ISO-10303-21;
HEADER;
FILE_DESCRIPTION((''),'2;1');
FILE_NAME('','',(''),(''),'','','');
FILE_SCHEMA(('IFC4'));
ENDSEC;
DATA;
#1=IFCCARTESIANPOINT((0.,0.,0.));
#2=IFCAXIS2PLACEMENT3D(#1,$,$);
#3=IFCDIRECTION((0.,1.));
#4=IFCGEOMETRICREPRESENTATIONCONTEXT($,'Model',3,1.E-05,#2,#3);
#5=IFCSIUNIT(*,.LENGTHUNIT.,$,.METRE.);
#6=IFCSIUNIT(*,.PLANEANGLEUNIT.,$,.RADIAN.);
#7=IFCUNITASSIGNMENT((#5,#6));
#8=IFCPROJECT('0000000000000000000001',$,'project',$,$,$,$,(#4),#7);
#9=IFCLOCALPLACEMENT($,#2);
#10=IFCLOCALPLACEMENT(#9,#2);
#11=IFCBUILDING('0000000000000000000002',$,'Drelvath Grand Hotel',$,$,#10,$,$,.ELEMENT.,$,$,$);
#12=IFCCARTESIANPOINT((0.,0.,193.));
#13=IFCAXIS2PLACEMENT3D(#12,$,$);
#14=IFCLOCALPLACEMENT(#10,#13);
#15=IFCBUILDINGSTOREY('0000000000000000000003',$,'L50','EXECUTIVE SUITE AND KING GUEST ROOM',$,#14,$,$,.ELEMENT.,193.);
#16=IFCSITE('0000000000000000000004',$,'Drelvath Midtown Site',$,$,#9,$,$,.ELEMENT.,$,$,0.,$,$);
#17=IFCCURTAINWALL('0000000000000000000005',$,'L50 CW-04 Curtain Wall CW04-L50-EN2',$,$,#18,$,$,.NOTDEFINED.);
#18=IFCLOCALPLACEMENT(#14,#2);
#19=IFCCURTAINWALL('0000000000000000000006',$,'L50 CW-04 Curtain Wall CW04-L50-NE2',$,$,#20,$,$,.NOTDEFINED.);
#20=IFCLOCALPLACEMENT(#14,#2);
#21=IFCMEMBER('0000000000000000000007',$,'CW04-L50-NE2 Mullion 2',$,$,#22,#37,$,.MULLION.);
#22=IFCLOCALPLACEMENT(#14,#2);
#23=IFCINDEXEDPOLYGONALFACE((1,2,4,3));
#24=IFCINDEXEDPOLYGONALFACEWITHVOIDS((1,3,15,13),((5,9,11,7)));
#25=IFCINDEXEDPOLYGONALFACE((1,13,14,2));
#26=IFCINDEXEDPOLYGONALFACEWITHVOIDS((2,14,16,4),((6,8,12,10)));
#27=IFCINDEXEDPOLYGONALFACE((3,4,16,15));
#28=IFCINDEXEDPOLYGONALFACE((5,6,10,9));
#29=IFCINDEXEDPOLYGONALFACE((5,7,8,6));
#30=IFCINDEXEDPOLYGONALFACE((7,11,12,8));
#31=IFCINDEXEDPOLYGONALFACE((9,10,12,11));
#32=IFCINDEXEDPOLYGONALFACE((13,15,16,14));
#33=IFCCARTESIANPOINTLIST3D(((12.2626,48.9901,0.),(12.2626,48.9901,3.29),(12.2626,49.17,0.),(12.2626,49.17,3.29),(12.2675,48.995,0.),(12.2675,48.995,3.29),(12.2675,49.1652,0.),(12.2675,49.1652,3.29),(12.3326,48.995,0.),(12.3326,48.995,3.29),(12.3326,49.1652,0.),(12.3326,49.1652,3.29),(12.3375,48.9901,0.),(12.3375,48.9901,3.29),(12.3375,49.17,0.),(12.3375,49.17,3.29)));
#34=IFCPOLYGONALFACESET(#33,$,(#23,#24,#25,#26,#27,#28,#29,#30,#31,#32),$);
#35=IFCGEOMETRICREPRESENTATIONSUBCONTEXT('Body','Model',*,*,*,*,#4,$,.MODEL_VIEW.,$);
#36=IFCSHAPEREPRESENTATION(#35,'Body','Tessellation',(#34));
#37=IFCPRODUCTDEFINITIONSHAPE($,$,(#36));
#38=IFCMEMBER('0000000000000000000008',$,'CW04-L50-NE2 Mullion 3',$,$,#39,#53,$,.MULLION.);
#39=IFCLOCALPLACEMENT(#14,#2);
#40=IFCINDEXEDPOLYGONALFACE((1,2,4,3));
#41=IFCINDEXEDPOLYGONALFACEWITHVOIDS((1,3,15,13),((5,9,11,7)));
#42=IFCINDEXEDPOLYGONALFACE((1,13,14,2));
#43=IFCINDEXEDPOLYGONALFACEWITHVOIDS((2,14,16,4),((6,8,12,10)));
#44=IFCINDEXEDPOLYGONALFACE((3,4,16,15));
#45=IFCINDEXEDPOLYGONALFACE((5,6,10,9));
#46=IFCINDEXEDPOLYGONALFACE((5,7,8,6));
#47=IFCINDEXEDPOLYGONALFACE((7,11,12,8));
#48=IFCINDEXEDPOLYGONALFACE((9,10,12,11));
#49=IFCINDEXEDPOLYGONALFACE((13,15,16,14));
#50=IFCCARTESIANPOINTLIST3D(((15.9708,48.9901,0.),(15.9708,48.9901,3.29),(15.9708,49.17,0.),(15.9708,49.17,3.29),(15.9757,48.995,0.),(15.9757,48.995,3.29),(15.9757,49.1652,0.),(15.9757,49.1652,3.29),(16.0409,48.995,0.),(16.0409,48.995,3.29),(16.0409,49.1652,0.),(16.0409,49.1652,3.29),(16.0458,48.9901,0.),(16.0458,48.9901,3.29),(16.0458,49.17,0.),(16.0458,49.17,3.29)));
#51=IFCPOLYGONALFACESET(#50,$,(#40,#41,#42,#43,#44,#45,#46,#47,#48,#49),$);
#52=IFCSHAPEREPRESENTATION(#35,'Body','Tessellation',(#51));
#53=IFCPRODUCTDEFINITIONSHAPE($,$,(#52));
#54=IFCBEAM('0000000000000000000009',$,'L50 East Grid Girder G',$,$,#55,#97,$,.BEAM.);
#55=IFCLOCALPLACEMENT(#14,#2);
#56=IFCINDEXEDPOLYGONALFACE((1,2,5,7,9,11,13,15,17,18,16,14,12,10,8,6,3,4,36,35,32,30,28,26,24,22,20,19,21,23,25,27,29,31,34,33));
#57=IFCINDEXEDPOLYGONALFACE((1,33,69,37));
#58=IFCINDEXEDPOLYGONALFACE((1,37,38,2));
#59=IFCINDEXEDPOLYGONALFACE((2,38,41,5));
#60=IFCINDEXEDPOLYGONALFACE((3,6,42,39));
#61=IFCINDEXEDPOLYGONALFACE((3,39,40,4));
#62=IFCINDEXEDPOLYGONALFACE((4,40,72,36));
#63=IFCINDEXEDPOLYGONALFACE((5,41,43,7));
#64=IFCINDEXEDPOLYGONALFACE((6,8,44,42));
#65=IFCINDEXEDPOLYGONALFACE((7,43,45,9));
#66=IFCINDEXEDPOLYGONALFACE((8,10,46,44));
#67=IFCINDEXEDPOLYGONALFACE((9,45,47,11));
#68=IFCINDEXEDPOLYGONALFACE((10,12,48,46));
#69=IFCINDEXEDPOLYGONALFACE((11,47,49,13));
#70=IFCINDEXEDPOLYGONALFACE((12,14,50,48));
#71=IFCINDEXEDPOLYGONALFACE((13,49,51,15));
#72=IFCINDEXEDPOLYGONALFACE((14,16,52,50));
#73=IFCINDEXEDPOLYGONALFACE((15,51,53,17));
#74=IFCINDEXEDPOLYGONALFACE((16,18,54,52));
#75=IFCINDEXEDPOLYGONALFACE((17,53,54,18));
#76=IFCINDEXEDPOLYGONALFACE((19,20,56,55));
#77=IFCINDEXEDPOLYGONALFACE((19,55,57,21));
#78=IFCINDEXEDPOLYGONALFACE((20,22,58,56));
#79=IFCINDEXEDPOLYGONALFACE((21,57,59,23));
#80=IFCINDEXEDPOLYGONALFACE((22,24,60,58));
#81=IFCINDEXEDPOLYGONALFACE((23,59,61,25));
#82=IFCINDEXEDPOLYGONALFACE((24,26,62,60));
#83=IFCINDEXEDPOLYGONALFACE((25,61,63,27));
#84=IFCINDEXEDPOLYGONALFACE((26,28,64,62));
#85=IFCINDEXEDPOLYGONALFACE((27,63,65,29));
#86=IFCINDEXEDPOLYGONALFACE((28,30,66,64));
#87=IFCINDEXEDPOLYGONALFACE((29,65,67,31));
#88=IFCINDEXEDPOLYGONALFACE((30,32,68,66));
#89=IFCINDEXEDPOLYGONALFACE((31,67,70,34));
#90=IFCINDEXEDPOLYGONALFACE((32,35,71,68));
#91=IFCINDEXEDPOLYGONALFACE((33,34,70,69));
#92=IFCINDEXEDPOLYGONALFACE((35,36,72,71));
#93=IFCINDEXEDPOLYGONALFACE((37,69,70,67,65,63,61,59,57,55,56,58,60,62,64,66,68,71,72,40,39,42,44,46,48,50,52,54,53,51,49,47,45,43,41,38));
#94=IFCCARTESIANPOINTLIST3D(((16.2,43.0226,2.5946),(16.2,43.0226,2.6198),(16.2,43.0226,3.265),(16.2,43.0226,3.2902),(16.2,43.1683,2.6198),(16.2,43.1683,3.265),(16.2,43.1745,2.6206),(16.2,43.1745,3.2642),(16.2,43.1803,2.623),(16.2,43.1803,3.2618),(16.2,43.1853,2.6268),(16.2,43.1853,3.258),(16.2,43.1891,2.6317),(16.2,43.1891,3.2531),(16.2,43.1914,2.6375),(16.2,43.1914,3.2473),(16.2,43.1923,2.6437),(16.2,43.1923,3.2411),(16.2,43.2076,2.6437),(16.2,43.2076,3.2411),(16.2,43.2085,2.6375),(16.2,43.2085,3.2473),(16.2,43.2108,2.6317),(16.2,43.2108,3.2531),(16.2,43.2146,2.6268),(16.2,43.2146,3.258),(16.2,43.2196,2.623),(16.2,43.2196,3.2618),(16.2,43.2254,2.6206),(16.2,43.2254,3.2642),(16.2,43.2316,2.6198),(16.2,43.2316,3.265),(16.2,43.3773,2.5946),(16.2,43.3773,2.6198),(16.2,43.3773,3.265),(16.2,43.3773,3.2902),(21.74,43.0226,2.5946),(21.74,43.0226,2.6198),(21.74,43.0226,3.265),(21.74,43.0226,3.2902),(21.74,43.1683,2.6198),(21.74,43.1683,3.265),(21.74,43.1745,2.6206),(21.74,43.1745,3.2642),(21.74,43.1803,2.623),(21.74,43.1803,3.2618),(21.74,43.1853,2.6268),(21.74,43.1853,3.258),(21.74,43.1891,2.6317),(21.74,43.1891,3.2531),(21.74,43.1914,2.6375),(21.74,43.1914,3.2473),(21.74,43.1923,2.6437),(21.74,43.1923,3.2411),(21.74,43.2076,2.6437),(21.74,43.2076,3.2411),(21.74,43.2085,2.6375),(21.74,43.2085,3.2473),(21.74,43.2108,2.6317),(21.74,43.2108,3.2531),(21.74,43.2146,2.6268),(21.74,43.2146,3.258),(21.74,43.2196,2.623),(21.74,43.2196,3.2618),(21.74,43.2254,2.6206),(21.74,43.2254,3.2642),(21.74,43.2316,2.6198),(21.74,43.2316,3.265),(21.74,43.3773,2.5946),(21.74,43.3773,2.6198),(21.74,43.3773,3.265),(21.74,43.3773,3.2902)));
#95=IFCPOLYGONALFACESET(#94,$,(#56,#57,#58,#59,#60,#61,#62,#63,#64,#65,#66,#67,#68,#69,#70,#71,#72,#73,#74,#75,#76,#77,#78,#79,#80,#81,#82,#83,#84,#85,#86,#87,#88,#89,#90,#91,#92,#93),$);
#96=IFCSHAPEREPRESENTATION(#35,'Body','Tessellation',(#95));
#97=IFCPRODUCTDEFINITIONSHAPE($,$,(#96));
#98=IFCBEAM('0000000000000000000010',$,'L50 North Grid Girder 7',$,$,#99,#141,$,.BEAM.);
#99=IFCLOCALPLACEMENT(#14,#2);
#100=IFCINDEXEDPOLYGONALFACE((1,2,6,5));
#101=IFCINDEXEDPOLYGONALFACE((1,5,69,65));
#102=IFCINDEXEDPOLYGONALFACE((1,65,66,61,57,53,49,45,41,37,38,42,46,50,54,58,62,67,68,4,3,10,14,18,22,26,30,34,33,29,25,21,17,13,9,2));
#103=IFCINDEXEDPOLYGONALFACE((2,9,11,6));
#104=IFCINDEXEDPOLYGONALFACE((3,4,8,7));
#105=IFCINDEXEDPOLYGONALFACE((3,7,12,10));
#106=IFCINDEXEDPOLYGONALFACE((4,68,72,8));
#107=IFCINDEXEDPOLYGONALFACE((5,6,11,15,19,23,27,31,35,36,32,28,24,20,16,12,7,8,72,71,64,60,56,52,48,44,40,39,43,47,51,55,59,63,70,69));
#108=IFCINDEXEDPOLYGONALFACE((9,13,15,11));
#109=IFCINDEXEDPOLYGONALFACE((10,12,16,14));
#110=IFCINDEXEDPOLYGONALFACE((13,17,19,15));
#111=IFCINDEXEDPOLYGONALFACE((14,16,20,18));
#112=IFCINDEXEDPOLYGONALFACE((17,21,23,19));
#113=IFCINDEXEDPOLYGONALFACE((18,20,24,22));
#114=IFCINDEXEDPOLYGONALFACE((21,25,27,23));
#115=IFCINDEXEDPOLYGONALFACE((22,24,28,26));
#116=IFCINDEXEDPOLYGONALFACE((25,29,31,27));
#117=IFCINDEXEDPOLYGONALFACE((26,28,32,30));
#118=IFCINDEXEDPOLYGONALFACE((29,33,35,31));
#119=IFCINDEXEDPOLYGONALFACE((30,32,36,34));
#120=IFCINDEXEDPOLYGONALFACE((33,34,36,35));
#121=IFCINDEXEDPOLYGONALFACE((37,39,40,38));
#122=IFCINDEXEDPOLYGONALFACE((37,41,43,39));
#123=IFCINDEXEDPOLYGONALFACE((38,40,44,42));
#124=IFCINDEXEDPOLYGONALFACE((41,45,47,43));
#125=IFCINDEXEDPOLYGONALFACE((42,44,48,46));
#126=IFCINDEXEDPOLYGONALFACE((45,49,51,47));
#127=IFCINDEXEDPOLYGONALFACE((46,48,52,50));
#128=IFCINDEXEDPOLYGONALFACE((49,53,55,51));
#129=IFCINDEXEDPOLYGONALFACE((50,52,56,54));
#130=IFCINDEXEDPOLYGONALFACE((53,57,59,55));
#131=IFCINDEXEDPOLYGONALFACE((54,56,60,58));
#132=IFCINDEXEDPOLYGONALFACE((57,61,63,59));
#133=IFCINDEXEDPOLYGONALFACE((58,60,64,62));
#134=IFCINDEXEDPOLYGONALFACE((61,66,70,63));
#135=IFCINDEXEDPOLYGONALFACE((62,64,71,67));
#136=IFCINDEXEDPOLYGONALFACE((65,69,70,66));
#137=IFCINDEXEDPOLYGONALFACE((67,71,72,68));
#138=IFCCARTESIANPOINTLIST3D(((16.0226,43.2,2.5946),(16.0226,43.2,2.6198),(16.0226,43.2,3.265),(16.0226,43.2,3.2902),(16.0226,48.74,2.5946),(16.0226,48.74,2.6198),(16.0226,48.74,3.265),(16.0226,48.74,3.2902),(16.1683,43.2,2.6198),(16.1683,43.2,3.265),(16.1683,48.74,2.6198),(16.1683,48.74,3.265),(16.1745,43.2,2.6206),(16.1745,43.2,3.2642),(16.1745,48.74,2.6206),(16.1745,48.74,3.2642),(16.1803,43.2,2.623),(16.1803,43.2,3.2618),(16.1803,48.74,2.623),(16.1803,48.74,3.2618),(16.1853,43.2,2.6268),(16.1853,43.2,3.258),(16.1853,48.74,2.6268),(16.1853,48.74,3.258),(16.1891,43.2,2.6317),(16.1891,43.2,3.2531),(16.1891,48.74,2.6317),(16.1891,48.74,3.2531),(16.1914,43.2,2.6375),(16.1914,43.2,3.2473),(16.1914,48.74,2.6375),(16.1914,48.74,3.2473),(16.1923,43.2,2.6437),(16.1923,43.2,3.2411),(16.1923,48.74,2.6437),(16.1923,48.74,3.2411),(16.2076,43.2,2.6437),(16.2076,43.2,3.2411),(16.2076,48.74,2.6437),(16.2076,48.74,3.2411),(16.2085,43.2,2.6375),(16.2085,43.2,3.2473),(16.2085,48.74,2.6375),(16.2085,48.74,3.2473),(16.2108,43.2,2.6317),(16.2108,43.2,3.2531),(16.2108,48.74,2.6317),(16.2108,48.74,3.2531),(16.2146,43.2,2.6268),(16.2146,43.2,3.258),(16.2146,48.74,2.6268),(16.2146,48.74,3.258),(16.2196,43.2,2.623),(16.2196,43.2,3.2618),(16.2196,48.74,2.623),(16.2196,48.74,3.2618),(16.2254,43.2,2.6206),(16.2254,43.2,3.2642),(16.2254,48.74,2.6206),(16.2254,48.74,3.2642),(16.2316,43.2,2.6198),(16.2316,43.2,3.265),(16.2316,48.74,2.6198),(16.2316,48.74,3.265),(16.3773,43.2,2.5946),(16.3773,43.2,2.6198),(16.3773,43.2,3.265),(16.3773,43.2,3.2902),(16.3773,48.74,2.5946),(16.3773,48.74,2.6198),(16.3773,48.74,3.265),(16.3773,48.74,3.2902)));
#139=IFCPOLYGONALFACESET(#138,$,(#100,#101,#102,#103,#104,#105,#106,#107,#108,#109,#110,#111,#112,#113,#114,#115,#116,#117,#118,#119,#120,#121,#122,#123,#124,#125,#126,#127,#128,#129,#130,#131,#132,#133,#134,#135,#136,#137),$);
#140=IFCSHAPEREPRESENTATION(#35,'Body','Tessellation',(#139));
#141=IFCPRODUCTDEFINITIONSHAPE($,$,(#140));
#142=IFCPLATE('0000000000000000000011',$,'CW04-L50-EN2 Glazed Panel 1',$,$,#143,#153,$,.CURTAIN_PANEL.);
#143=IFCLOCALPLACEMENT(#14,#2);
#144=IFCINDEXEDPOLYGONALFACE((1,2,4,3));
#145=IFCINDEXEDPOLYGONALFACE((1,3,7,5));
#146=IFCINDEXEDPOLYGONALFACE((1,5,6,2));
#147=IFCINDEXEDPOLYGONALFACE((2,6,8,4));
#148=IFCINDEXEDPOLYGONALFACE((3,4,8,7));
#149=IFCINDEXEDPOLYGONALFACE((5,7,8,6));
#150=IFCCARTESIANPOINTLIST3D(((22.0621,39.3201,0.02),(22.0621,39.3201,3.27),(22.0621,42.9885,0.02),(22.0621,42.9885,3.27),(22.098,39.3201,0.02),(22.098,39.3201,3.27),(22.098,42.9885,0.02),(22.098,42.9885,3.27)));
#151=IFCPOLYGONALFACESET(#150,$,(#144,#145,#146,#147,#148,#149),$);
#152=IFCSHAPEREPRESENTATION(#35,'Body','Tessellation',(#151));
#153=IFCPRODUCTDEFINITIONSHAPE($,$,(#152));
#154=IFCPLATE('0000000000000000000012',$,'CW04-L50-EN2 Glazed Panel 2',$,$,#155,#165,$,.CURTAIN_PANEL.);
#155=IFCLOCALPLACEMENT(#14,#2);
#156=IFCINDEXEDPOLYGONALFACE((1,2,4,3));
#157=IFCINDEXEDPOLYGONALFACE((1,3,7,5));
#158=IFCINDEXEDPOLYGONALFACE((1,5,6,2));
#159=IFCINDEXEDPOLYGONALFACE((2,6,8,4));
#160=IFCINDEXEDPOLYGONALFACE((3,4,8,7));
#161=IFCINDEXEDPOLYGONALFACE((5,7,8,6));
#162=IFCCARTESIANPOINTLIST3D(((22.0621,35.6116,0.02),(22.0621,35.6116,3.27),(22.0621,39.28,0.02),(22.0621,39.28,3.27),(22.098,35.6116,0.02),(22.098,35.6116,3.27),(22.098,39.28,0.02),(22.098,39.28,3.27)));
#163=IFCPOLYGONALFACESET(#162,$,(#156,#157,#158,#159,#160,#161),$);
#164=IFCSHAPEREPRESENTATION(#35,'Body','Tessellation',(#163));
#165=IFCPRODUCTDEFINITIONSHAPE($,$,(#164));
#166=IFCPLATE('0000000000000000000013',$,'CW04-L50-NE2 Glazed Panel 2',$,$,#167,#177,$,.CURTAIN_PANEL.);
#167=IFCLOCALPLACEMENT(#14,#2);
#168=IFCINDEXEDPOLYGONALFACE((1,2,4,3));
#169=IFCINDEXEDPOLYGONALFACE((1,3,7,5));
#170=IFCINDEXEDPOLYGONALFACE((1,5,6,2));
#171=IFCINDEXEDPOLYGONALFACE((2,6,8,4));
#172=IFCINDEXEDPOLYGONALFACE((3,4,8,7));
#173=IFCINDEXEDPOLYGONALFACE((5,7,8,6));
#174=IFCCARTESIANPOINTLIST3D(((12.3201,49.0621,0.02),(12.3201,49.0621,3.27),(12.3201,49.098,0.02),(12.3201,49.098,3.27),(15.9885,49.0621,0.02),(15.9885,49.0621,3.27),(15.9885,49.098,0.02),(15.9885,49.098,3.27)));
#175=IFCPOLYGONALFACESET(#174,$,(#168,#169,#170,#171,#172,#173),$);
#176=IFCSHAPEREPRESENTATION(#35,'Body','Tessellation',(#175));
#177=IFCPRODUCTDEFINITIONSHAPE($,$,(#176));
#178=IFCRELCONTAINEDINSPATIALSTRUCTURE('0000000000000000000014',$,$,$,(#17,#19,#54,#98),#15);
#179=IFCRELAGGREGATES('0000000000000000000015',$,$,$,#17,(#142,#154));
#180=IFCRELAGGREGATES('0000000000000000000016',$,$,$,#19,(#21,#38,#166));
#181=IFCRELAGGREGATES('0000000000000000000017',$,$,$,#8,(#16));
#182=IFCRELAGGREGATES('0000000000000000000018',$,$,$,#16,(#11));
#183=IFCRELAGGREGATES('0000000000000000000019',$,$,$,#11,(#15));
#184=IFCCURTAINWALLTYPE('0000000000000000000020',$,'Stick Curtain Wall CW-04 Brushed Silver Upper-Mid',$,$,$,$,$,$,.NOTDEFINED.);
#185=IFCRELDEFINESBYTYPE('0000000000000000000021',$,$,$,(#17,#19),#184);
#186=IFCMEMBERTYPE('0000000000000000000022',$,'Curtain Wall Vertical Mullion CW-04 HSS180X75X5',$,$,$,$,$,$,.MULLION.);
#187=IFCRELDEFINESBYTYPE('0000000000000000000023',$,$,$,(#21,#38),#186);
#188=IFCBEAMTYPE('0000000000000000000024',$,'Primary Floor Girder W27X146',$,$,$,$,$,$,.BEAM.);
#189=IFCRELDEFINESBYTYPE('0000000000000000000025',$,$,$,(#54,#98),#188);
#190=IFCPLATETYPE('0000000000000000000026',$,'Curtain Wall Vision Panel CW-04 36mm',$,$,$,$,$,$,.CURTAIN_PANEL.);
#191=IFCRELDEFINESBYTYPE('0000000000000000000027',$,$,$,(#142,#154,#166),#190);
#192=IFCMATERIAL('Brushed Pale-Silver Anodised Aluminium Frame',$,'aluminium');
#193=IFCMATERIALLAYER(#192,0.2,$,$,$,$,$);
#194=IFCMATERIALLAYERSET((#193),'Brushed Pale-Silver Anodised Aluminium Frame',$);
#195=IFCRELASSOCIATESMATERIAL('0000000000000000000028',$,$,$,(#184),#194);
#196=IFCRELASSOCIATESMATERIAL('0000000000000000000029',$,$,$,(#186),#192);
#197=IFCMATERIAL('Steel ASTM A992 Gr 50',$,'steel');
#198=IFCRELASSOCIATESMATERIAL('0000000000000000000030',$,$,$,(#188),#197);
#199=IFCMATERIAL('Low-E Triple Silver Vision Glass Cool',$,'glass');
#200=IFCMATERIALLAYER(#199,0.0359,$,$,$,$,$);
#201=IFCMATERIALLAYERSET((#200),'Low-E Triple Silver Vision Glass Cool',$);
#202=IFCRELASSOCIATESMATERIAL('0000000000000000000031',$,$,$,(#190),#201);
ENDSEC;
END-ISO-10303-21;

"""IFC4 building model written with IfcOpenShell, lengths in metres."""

from ifc_helpers import new_model, si_unit, direction, frame, origin, origin_2d, place, context, subcontext, project, spatial, rectangle, hollow_rectangle, i_section, extrude, material, layer, layer_set, material_profile, profile_set, type_object, element, aggregate, save


model = new_model("IFC4")

# Units and contexts
model_context = context("Model", 3, precision=1e-05, world=origin(), true_north=direction((0.0, 1.0)))
body_context = subcontext(model_context, "Body", "Model", "MODEL_VIEW")
ifc_project = project(units=[si_unit("LENGTHUNIT", "METRE"), si_unit("PLANEANGLEUNIT", "RADIAN")], contexts=[model_context])

# Site, building, storey
site_placement = place(None, origin())
site = spatial("IfcSite", under=ifc_project, at=site_placement, Name="Drelvath Midtown Site", CompositionType="ELEMENT", RefElevation=0.0)
building_placement = place(site_placement, origin())
building = spatial("IfcBuilding", under=site, at=building_placement, Name="Drelvath Grand Hotel", CompositionType="ELEMENT")
storey_placement = place(building_placement, frame((0.0, 0.0, 193.0)))
storey = spatial("IfcBuildingStorey", under=building, at=storey_placement, Name="L50", Description="EXECUTIVE SUITE AND KING GUEST ROOM", CompositionType="ELEMENT", Elevation=193.0)

# Curtain walls, members
ifc_material_1 = material(Name="Brushed Pale-Silver Anodised Aluminium Frame", Category="aluminium")
ifc_layer_1 = layer(ifc_material_1, 0.2)
ifc_layer_set_1 = layer_set([ifc_layer_1], Name="Brushed Pale-Silver Anodised Aluminium Frame")
curtain_wall_type = type_object("IfcCurtainWallType", Name="Stick Curtain Wall CW-04 Brushed Silver Upper-Mid", PredefinedType="NOTDEFINED", material=ifc_layer_set_1)
curtain_wall_1_placement = place(storey_placement, origin())
curtain_wall_1 = element("IfcCurtainWall", 1, at=curtain_wall_1_placement, inside=storey, type_object=curtain_wall_type, Name="L50 CW-04 Curtain Wall CW04-L50-EN2", PredefinedType="NOTDEFINED")
ifc_material_profile_1 = material_profile(ifc_material_1, hollow_rectangle(XDim=0.075, YDim=0.1799, WallThickness=0.0049, at=origin_2d()), Name="HSS180X75X5")
ifc_profile_set_1 = profile_set([ifc_material_profile_1], Name="Brushed Pale-Silver Anodised Aluminium Frame")
member_type_1 = type_object("IfcMemberType", Name="Curtain Wall Vertical Mullion CW-04 HSS180X75X5", PredefinedType="MULLION", material=ifc_profile_set_1)
curtain_wall_2_placement = place(storey_placement, origin())
curtain_wall_2 = element("IfcCurtainWall", 2, at=curtain_wall_2_placement, inside=storey, type_object=curtain_wall_type, Name="L50 CW-04 Curtain Wall CW04-L50-NE2", PredefinedType="NOTDEFINED")
member_1_placement = place(storey_placement, frame((12.3, 49.0801, 0.0), z_axis=(0.0, 0.0, 1.0), x_axis=(1.0, 0.0, 0.0)))
member_1 = element("IfcMember", 3, at=member_1_placement, type_object=member_type_1, Name="CW04-L50-NE2 Mullion 2", PredefinedType="MULLION", context=body_context, shape_type="SweptSolid", body=[
    extrude(hollow_rectangle(XDim=0.075, YDim=0.1799, WallThickness=0.0049, at=origin_2d()), origin(), (0.0, 0.0, 1.0), 3.29),
])
member_2_placement = place(storey_placement, frame((16.0083, 49.0801, 0.0), z_axis=(0.0, 0.0, 1.0), x_axis=(1.0, 0.0, 0.0)))
member_2 = element("IfcMember", 4, at=member_2_placement, type_object=member_type_1, Name="CW04-L50-NE2 Mullion 3", PredefinedType="MULLION", context=body_context, shape_type="SweptSolid", body=[
    extrude(hollow_rectangle(XDim=0.075, YDim=0.1799, WallThickness=0.0049, at=origin_2d()), origin(), (0.0, 0.0, 1.0), 3.29),
])

# Beams
ifc_material_2 = material(Name="Steel ASTM A992 Gr 50", Category="steel")
ifc_material_profile_2 = material_profile(ifc_material_2, i_section(OverallWidth=0.3547, OverallDepth=0.6956, WebThickness=0.0154, FlangeThickness=0.0251, FilletRadius=0.0239, at=origin_2d()), Name="W27X146")
ifc_profile_set_2 = profile_set([ifc_material_profile_2], Name="Steel ASTM A992 Gr 50")
beam_type = type_object("IfcBeamType", Name="Primary Floor Girder W27X146", PredefinedType="BEAM", material=ifc_profile_set_2)
for number, where, z_axis, x_axis, name in (
    (5, (16.2, 43.2, 2.9424), (1.0, 0.0, 0.0), (0.0, 1.0, 0.0), "L50 East Grid Girder G"),
    (6, (16.2, 43.2, 2.9424), (0.0, 1.0, 0.0), (-1.0, 0.0, 0.0), "L50 North Grid Girder 7"),
):
    element("IfcBeam", number, at=place(storey_placement, frame(where, z_axis=z_axis, x_axis=x_axis)), inside=storey, type_object=beam_type, Name=name, PredefinedType="BEAM", context=body_context, shape_type="SweptSolid", body=[
        extrude(i_section(OverallWidth=0.3547, OverallDepth=0.6956, WebThickness=0.0154, FlangeThickness=0.0251, FilletRadius=0.0239, at=origin_2d()), origin(), (0.0, 0.0, 1.0), 5.54),
    ])

# Plates
ifc_material_3 = material(Name="Low-E Triple Silver Vision Glass Cool", Category="glass")
ifc_layer_2 = layer(ifc_material_3, 0.0359)
ifc_layer_set_2 = layer_set([ifc_layer_2], Name="Low-E Triple Silver Vision Glass Cool")
plate_type = type_object("IfcPlateType", Name="Curtain Wall Vision Panel CW-04 36mm", PredefinedType="CURTAIN_PANEL", material=ifc_layer_set_2)
plate_1_placement = place(storey_placement, frame((22.0801, 41.1543, 0.02), z_axis=(0.0, 0.0, 1.0), x_axis=(0.0, -1.0, 0.0)))
plate_1 = element("IfcPlate", 7, at=plate_1_placement, type_object=plate_type, Name="CW04-L50-EN2 Glazed Panel 1", PredefinedType="CURTAIN_PANEL", context=body_context, shape_type="SweptSolid", body=[
    extrude(rectangle(XDim=3.6685, YDim=0.0359, at=origin_2d()), origin(), (0.0, 0.0, 1.0), 3.25),
])
plate_2_placement = place(storey_placement, frame((22.0801, 37.4458, 0.02), z_axis=(0.0, 0.0, 1.0), x_axis=(0.0, -1.0, 0.0)))
plate_2 = element("IfcPlate", 8, at=plate_2_placement, type_object=plate_type, Name="CW04-L50-EN2 Glazed Panel 2", PredefinedType="CURTAIN_PANEL", context=body_context, shape_type="SweptSolid", body=[
    extrude(rectangle(XDim=3.6685, YDim=0.0359, at=origin_2d()), origin(), (0.0, 0.0, 1.0), 3.25),
])
aggregate(curtain_wall_1, [plate_1, plate_2])
plate_3_placement = place(storey_placement, frame((14.1543, 49.0801, 0.02), z_axis=(0.0, 0.0, 1.0), x_axis=(1.0, 0.0, 0.0)))
plate_3 = element("IfcPlate", 9, at=plate_3_placement, type_object=plate_type, Name="CW04-L50-NE2 Glazed Panel 2", PredefinedType="CURTAIN_PANEL", context=body_context, shape_type="SweptSolid", body=[
    extrude(rectangle(XDim=3.6685, YDim=0.0359, at=origin_2d()), origin(), (0.0, 0.0, 1.0), 3.25),
])
aggregate(curtain_wall_2, [member_1, member_2, plate_3])

save(model, "model.ifc")
